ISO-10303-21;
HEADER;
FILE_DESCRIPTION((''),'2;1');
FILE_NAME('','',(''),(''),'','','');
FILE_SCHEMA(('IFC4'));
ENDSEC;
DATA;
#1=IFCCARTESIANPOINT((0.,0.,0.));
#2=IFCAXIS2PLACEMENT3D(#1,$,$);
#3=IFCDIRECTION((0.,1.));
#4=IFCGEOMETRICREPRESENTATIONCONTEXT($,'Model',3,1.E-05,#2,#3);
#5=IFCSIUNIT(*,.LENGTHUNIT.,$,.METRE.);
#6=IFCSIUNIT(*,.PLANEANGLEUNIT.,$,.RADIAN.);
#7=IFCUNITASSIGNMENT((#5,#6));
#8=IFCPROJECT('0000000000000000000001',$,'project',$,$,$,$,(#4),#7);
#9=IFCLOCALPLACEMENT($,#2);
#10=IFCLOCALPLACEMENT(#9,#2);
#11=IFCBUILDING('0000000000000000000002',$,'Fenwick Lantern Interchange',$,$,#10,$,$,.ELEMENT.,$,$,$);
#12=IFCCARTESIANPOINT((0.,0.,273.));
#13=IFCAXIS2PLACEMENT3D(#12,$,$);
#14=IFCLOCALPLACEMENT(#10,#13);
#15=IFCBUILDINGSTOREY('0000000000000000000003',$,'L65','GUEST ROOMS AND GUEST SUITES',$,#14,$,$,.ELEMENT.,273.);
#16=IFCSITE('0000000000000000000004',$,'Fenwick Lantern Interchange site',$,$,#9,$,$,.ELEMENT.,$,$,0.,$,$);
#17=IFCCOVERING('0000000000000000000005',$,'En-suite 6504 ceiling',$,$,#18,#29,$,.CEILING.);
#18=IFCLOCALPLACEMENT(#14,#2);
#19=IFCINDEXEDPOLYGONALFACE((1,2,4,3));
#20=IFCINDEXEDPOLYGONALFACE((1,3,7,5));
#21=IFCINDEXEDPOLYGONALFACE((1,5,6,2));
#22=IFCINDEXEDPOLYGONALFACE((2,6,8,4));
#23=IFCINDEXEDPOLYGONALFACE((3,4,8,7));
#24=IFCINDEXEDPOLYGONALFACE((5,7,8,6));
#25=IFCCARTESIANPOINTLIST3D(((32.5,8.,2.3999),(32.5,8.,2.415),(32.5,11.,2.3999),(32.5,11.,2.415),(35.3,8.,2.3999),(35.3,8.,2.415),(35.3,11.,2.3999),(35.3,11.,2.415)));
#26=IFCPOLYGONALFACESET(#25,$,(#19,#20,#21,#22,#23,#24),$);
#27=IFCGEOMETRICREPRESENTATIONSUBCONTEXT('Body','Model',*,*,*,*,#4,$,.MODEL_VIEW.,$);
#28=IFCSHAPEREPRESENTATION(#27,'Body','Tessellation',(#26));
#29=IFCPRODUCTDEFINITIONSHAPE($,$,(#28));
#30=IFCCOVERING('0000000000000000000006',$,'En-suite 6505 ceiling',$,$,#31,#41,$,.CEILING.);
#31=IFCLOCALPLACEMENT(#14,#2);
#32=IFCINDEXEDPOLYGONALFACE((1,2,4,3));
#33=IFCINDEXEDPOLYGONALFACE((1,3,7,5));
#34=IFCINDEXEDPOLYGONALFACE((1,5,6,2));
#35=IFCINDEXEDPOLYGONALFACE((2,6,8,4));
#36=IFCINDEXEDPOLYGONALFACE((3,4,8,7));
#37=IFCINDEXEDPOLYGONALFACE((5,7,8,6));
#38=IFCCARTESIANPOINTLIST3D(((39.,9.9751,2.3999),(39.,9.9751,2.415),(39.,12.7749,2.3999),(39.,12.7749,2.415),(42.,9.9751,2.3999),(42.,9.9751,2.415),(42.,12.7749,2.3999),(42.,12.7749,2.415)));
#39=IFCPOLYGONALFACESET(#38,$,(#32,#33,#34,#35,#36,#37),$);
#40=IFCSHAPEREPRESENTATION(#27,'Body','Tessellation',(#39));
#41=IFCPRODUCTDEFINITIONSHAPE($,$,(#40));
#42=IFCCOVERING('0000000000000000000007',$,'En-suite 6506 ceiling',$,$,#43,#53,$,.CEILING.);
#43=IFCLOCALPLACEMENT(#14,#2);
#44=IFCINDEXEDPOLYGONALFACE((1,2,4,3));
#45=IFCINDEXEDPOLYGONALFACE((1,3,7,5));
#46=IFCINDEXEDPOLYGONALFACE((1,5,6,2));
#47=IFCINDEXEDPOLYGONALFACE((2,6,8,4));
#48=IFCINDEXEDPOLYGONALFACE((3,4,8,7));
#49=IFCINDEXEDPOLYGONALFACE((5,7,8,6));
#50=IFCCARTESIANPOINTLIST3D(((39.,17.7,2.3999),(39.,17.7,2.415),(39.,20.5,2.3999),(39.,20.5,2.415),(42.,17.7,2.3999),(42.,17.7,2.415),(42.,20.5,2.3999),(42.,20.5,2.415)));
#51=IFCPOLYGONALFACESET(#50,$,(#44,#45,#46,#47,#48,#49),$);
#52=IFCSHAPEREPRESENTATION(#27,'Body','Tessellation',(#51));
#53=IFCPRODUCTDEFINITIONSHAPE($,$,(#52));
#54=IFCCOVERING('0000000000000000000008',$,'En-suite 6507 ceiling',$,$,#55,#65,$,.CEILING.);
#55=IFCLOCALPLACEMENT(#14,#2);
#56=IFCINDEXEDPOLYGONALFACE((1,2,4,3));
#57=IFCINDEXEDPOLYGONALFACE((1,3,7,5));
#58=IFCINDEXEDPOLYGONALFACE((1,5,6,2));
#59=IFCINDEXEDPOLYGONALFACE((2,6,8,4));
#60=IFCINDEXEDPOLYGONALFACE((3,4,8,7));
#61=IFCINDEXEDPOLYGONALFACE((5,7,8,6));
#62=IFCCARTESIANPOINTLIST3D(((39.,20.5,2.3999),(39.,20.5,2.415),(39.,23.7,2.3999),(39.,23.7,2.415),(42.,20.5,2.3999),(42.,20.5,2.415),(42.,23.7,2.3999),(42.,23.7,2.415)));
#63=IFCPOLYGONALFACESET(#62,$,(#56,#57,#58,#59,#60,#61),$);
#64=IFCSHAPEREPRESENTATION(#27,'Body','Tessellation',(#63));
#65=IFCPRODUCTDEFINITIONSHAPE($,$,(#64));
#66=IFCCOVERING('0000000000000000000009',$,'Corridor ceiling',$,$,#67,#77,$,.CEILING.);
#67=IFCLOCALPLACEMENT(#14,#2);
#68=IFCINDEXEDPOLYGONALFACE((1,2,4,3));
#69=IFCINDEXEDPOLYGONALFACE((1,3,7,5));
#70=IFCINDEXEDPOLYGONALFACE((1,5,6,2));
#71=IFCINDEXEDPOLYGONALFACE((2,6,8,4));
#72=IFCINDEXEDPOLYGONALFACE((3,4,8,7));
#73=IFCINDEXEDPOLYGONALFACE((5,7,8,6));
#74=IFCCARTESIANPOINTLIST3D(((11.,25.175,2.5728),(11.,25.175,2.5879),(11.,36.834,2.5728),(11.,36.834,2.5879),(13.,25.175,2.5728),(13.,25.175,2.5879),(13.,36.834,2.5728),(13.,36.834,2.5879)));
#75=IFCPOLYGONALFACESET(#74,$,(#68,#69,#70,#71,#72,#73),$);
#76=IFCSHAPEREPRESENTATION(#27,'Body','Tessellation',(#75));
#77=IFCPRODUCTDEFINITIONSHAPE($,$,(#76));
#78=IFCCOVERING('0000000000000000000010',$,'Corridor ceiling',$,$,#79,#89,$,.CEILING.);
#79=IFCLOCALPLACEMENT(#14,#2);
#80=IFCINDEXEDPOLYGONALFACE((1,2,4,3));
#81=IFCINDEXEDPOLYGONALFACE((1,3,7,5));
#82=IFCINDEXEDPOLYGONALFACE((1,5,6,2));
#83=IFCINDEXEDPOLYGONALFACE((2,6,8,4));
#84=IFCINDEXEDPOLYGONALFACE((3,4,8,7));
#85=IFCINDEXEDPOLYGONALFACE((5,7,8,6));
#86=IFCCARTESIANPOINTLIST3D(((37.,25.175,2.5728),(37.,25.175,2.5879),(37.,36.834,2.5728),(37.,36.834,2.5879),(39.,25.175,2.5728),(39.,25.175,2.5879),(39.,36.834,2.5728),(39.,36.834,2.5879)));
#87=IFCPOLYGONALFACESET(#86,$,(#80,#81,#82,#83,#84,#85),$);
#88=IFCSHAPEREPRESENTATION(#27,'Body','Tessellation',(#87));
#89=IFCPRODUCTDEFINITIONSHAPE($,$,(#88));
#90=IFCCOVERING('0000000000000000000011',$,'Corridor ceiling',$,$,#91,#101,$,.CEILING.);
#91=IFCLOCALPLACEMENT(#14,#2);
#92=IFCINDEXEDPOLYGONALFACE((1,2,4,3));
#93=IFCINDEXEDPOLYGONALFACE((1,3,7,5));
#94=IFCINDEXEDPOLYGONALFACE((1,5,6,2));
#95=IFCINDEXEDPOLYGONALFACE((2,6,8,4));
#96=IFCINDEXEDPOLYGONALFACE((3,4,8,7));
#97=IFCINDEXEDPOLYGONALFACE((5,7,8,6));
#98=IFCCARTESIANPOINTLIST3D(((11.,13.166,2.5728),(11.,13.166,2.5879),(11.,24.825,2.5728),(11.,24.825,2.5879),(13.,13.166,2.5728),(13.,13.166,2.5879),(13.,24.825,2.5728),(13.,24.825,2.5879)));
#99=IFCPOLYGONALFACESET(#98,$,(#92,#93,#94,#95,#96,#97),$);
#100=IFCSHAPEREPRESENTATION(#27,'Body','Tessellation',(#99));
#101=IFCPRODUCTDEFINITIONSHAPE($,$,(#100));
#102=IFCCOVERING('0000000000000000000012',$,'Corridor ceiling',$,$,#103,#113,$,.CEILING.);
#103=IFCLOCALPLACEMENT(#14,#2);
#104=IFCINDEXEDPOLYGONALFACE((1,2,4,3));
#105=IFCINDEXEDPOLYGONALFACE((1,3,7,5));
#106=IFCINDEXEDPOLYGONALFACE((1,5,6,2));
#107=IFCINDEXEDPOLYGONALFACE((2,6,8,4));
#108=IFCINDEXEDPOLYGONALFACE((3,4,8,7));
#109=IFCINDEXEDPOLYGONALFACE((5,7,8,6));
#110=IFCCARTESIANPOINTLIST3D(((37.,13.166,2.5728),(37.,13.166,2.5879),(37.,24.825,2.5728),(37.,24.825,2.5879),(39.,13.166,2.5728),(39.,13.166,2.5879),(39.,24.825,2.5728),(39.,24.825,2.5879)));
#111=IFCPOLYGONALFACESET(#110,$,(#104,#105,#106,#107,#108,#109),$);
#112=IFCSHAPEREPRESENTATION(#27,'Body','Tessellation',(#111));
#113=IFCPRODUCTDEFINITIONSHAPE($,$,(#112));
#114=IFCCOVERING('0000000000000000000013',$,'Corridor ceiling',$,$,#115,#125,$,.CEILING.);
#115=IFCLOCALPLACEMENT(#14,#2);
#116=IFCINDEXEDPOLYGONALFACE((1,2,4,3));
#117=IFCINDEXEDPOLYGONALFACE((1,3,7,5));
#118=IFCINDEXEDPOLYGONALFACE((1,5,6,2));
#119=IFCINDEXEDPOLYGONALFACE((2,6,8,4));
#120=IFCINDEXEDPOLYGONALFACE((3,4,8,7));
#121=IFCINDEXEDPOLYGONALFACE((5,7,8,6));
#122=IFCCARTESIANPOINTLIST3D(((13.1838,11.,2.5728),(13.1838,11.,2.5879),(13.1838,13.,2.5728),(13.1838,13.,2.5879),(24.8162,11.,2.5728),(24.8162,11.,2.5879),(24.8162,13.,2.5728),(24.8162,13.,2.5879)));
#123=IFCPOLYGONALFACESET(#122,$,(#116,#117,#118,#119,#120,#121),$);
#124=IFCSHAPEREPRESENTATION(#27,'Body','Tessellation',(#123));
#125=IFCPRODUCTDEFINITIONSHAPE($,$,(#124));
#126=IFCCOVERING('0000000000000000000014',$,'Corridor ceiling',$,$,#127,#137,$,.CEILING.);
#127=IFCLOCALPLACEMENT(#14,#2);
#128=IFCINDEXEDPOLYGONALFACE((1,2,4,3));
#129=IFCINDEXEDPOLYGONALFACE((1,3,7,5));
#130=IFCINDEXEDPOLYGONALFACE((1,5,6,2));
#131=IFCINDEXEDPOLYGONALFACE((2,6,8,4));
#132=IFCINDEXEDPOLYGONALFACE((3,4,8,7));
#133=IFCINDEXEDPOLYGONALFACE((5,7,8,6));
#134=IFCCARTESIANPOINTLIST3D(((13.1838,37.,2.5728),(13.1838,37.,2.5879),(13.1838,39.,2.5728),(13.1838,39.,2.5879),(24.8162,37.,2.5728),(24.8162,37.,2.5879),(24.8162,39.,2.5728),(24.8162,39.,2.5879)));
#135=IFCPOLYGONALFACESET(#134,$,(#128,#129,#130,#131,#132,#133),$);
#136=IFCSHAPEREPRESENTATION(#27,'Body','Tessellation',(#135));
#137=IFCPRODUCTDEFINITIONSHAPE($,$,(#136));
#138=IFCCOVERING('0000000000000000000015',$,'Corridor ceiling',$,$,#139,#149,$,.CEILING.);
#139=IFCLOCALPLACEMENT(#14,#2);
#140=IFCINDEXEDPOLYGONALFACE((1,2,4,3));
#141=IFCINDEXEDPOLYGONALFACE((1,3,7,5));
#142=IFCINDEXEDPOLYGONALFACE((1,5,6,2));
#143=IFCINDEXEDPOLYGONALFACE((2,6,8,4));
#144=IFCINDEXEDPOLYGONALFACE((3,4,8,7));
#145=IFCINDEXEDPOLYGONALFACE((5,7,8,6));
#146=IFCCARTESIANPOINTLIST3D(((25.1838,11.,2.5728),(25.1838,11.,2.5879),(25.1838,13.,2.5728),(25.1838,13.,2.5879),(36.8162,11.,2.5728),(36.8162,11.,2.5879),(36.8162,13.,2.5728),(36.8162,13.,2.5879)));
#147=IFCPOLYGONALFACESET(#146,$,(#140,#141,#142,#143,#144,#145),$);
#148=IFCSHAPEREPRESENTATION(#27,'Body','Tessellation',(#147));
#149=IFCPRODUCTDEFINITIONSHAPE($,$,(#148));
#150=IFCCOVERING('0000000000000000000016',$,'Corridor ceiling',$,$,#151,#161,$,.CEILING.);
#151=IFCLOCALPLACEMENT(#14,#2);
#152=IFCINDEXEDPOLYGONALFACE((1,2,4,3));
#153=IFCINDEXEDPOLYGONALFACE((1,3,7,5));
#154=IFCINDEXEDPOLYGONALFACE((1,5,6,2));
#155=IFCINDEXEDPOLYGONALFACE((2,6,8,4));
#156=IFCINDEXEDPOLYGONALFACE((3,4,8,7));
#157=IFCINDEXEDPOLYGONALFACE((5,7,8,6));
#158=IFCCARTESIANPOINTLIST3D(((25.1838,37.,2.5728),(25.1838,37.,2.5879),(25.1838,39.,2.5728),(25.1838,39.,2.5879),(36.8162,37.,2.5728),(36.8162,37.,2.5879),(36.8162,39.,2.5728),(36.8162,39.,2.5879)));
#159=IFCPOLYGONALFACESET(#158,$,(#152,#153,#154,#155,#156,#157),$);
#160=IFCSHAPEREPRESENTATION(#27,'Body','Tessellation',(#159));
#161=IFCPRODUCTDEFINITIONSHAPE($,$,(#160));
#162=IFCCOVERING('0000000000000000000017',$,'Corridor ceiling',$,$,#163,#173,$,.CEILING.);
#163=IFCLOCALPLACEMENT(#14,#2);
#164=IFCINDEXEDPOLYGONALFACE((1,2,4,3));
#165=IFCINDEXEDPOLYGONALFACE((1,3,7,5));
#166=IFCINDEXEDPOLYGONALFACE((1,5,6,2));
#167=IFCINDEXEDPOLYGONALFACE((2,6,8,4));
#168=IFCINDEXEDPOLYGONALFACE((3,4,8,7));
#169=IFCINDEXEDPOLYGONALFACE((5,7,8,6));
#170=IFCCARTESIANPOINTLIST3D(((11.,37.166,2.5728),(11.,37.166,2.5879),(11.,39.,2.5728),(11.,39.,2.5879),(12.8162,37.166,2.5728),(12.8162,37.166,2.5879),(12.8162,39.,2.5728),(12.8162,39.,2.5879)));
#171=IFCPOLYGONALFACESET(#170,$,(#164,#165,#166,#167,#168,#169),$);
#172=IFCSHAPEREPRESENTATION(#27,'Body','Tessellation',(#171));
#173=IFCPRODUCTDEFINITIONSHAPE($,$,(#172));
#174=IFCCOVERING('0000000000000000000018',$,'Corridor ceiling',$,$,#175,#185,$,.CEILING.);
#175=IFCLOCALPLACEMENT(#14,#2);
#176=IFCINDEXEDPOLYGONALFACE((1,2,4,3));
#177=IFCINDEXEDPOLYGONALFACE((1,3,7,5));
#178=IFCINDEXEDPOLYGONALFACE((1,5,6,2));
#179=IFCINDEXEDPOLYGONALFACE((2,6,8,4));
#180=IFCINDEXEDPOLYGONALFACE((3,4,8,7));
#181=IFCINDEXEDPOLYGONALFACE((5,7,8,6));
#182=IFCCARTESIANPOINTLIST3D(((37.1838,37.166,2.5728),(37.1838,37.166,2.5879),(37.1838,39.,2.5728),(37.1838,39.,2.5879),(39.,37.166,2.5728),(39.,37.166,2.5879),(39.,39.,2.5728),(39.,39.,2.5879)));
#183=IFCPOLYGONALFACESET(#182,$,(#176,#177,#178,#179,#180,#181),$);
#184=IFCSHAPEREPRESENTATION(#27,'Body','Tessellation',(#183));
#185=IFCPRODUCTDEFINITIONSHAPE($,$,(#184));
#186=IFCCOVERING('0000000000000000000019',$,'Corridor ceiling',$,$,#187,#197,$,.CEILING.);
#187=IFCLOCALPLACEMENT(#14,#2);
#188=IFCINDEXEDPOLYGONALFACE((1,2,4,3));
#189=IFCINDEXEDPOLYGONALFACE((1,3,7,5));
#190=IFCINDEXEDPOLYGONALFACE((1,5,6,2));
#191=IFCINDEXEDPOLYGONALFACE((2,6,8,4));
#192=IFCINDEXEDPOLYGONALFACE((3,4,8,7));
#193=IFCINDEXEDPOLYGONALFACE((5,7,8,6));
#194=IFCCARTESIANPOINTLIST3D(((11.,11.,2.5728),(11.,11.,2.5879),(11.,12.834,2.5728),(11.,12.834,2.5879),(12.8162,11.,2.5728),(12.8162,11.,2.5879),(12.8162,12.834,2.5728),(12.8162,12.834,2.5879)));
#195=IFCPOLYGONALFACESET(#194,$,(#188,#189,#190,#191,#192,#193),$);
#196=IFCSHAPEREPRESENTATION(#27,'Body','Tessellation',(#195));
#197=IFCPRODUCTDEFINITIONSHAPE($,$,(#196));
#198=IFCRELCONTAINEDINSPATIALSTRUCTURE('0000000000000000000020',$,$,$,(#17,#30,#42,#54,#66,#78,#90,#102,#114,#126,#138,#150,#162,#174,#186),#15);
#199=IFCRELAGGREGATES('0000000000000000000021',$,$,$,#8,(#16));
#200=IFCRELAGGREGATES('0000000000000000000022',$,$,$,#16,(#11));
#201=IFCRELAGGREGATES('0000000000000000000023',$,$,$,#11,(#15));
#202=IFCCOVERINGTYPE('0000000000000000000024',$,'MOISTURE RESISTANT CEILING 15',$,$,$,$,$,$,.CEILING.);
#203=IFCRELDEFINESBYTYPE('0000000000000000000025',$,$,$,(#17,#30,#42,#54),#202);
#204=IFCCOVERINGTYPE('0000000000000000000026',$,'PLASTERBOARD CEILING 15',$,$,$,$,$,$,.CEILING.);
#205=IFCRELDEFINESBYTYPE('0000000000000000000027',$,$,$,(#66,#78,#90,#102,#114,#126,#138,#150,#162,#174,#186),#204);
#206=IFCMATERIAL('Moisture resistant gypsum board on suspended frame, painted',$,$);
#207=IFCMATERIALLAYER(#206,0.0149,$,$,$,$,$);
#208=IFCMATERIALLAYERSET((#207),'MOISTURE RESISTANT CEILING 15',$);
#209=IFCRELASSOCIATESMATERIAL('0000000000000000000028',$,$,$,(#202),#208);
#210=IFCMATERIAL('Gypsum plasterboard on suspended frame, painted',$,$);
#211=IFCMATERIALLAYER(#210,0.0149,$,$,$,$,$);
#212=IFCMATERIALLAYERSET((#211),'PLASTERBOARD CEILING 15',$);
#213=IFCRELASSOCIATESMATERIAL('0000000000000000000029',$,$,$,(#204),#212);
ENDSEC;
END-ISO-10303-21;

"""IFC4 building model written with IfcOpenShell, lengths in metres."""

from ifc_helpers import new_model, si_unit, direction, frame, origin, place, context, subcontext, project, spatial, polyline, outline, extrude, material, layer, layer_set, type_object, element, save


model = new_model("IFC4")

# Units and contexts
model_context = context("Model", 3, precision=1e-05, world=origin(), true_north=direction((0.0, 1.0)))
body_context = subcontext(model_context, "Body", "Model", "MODEL_VIEW")
ifc_project = project(units=[si_unit("LENGTHUNIT", "METRE"), si_unit("PLANEANGLEUNIT", "RADIAN")], contexts=[model_context])

# Site, building, storey
site_placement = place(None, origin())
site = spatial("IfcSite", under=ifc_project, at=site_placement, Name="Fenwick Lantern Interchange site", CompositionType="ELEMENT", RefElevation=0.0)
building_placement = place(site_placement, origin())
building = spatial("IfcBuilding", under=site, at=building_placement, Name="Fenwick Lantern Interchange", CompositionType="ELEMENT")
storey_placement = place(building_placement, frame((0.0, 0.0, 273.0)))
storey = spatial("IfcBuildingStorey", under=building, at=storey_placement, Name="L65", Description="GUEST ROOMS AND GUEST SUITES", CompositionType="ELEMENT", Elevation=273.0)

# Coverings
ifc_material_1 = material(Name="Moisture resistant gypsum board on suspended frame, painted")
ifc_layer_1 = layer(ifc_material_1, 0.0149)
ifc_layer_set_1 = layer_set([ifc_layer_1], Name="MOISTURE RESISTANT CEILING 15")
covering_type_1 = type_object("IfcCoveringType", Name="MOISTURE RESISTANT CEILING 15", PredefinedType="CEILING", material=ifc_layer_set_1)
covering_1_placement = place(storey_placement, frame((0.0, 0.0, 2.3999)))
element("IfcCovering", 1, at=covering_1_placement, inside=storey, type_object=covering_type_1, Name="En-suite 6504 ceiling", PredefinedType="CEILING", context=body_context, shape_type="SweptSolid", body=[
    extrude(outline(polyline([(32.5, 8.0), (35.3, 8.0), (35.3, 11.0), (32.5, 11.0), (32.5, 8.0)])), origin(), (0.0, 0.0, 1.0), 0.0151),
])
covering_2_placement = place(storey_placement, frame((0.0, 0.0, 2.3999)))
element("IfcCovering", 2, at=covering_2_placement, inside=storey, type_object=covering_type_1, Name="En-suite 6505 ceiling", PredefinedType="CEILING", context=body_context, shape_type="SweptSolid", body=[
    extrude(outline(polyline([(42.0, 9.9751), (42.0, 12.7749), (39.0, 12.7749), (39.0, 9.9751), (42.0, 9.9751)])), origin(), (0.0, 0.0, 1.0), 0.0151),
])
covering_3_placement = place(storey_placement, frame((0.0, 0.0, 2.3999)))
element("IfcCovering", 3, at=covering_3_placement, inside=storey, type_object=covering_type_1, Name="En-suite 6506 ceiling", PredefinedType="CEILING", context=body_context, shape_type="SweptSolid", body=[
    extrude(outline(polyline([(42.0, 17.7), (42.0, 20.5), (39.0, 20.5), (39.0, 17.7), (42.0, 17.7)])), origin(), (0.0, 0.0, 1.0), 0.0151),
])
covering_4_placement = place(storey_placement, frame((0.0, 0.0, 2.3999)))
element("IfcCovering", 4, at=covering_4_placement, inside=storey, type_object=covering_type_1, Name="En-suite 6507 ceiling", PredefinedType="CEILING", context=body_context, shape_type="SweptSolid", body=[
    extrude(outline(polyline([(42.0, 20.5), (42.0, 23.7), (39.0, 23.7), (39.0, 20.5), (42.0, 20.5)])), origin(), (0.0, 0.0, 1.0), 0.0151),
])
ifc_material_2 = material(Name="Gypsum plasterboard on suspended frame, painted")
ifc_layer_2 = layer(ifc_material_2, 0.0149)
ifc_layer_set_2 = layer_set([ifc_layer_2], Name="PLASTERBOARD CEILING 15")
covering_type_2 = type_object("IfcCoveringType", Name="PLASTERBOARD CEILING 15", PredefinedType="CEILING", material=ifc_layer_set_2)
covering_5_placement = place(storey_placement, frame((0.0, 0.0, 2.5728)))
element("IfcCovering", 5, at=covering_5_placement, inside=storey, type_object=covering_type_2, Name="Corridor ceiling", PredefinedType="CEILING", context=body_context, shape_type="SweptSolid", body=[
    extrude(outline(polyline([(11.0, 36.834), (11.0, 25.175), (13.0, 25.175), (13.0, 36.834), (11.0, 36.834)])), origin(), (0.0, 0.0, 1.0), 0.0151),
])
covering_6_placement = place(storey_placement, frame((0.0, 0.0, 2.5728)))
element("IfcCovering", 6, at=covering_6_placement, inside=storey, type_object=covering_type_2, Name="Corridor ceiling", PredefinedType="CEILING", context=body_context, shape_type="SweptSolid", body=[
    extrude(outline(polyline([(39.0, 25.175), (39.0, 36.834), (37.0, 36.834), (37.0, 25.175), (39.0, 25.175)])), origin(), (0.0, 0.0, 1.0), 0.0151),
])
covering_7_placement = place(storey_placement, frame((0.0, 0.0, 2.5728)))
element("IfcCovering", 7, at=covering_7_placement, inside=storey, type_object=covering_type_2, Name="Corridor ceiling", PredefinedType="CEILING", context=body_context, shape_type="SweptSolid", body=[
    extrude(outline(polyline([(11.0, 24.825), (11.0, 13.166), (13.0, 13.166), (13.0, 24.825), (11.0, 24.825)])), origin(), (0.0, 0.0, 1.0), 0.0151),
])
covering_8_placement = place(storey_placement, frame((0.0, 0.0, 2.5728)))
element("IfcCovering", 8, at=covering_8_placement, inside=storey, type_object=covering_type_2, Name="Corridor ceiling", PredefinedType="CEILING", context=body_context, shape_type="SweptSolid", body=[
    extrude(outline(polyline([(39.0, 13.166), (39.0, 24.825), (37.0, 24.825), (37.0, 13.166), (39.0, 13.166)])), origin(), (0.0, 0.0, 1.0), 0.0151),
])
covering_9_placement = place(storey_placement, frame((0.0, 0.0, 2.5728)))
element("IfcCovering", 9, at=covering_9_placement, inside=storey, type_object=covering_type_2, Name="Corridor ceiling", PredefinedType="CEILING", context=body_context, shape_type="SweptSolid", body=[
    extrude(outline(polyline([(13.1838, 11.0), (24.8162, 11.0), (24.8162, 13.0), (13.1838, 13.0), (13.1838, 11.0)])), origin(), (0.0, 0.0, 1.0), 0.0151),
])
covering_10_placement = place(storey_placement, frame((0.0, 0.0, 2.5728)))
element("IfcCovering", 10, at=covering_10_placement, inside=storey, type_object=covering_type_2, Name="Corridor ceiling", PredefinedType="CEILING", context=body_context, shape_type="SweptSolid", body=[
    extrude(outline(polyline([(24.8162, 39.0), (13.1838, 39.0), (13.1838, 37.0), (24.8162, 37.0), (24.8162, 39.0)])), origin(), (0.0, 0.0, 1.0), 0.0151),
])
covering_11_placement = place(storey_placement, frame((0.0, 0.0, 2.5728)))
element("IfcCovering", 11, at=covering_11_placement, inside=storey, type_object=covering_type_2, Name="Corridor ceiling", PredefinedType="CEILING", context=body_context, shape_type="SweptSolid", body=[
    extrude(outline(polyline([(25.1838, 11.0), (36.8162, 11.0), (36.8162, 13.0), (25.1838, 13.0), (25.1838, 11.0)])), origin(), (0.0, 0.0, 1.0), 0.0151),
])
covering_12_placement = place(storey_placement, frame((0.0, 0.0, 2.5728)))
element("IfcCovering", 12, at=covering_12_placement, inside=storey, type_object=covering_type_2, Name="Corridor ceiling", PredefinedType="CEILING", context=body_context, shape_type="SweptSolid", body=[
    extrude(outline(polyline([(36.8162, 39.0), (25.1838, 39.0), (25.1838, 37.0), (36.8162, 37.0), (36.8162, 39.0)])), origin(), (0.0, 0.0, 1.0), 0.0151),
])
covering_13_placement = place(storey_placement, frame((0.0, 0.0, 2.5728)))
element("IfcCovering", 13, at=covering_13_placement, inside=storey, type_object=covering_type_2, Name="Corridor ceiling", PredefinedType="CEILING", context=body_context, shape_type="SweptSolid", body=[
    extrude(outline(polyline([(12.8162, 39.0), (11.0, 39.0), (11.0, 37.166), (12.8162, 37.166), (12.8162, 39.0)])), origin(), (0.0, 0.0, 1.0), 0.0151),
])
covering_14_placement = place(storey_placement, frame((0.0, 0.0, 2.5728)))
element("IfcCovering", 14, at=covering_14_placement, inside=storey, type_object=covering_type_2, Name="Corridor ceiling", PredefinedType="CEILING", context=body_context, shape_type="SweptSolid", body=[
    extrude(outline(polyline([(39.0, 39.0), (37.1838, 39.0), (37.1838, 37.166), (39.0, 37.166), (39.0, 39.0)])), origin(), (0.0, 0.0, 1.0), 0.0151),
])
covering_15_placement = place(storey_placement, frame((0.0, 0.0, 2.5728)))
element("IfcCovering", 15, at=covering_15_placement, inside=storey, type_object=covering_type_2, Name="Corridor ceiling", PredefinedType="CEILING", context=body_context, shape_type="SweptSolid", body=[
    extrude(outline(polyline([(11.0, 11.0), (12.8162, 11.0), (12.8162, 12.834), (11.0, 12.834), (11.0, 11.0)])), origin(), (0.0, 0.0, 1.0), 0.0151),
])

save(model, "model.ifc")
